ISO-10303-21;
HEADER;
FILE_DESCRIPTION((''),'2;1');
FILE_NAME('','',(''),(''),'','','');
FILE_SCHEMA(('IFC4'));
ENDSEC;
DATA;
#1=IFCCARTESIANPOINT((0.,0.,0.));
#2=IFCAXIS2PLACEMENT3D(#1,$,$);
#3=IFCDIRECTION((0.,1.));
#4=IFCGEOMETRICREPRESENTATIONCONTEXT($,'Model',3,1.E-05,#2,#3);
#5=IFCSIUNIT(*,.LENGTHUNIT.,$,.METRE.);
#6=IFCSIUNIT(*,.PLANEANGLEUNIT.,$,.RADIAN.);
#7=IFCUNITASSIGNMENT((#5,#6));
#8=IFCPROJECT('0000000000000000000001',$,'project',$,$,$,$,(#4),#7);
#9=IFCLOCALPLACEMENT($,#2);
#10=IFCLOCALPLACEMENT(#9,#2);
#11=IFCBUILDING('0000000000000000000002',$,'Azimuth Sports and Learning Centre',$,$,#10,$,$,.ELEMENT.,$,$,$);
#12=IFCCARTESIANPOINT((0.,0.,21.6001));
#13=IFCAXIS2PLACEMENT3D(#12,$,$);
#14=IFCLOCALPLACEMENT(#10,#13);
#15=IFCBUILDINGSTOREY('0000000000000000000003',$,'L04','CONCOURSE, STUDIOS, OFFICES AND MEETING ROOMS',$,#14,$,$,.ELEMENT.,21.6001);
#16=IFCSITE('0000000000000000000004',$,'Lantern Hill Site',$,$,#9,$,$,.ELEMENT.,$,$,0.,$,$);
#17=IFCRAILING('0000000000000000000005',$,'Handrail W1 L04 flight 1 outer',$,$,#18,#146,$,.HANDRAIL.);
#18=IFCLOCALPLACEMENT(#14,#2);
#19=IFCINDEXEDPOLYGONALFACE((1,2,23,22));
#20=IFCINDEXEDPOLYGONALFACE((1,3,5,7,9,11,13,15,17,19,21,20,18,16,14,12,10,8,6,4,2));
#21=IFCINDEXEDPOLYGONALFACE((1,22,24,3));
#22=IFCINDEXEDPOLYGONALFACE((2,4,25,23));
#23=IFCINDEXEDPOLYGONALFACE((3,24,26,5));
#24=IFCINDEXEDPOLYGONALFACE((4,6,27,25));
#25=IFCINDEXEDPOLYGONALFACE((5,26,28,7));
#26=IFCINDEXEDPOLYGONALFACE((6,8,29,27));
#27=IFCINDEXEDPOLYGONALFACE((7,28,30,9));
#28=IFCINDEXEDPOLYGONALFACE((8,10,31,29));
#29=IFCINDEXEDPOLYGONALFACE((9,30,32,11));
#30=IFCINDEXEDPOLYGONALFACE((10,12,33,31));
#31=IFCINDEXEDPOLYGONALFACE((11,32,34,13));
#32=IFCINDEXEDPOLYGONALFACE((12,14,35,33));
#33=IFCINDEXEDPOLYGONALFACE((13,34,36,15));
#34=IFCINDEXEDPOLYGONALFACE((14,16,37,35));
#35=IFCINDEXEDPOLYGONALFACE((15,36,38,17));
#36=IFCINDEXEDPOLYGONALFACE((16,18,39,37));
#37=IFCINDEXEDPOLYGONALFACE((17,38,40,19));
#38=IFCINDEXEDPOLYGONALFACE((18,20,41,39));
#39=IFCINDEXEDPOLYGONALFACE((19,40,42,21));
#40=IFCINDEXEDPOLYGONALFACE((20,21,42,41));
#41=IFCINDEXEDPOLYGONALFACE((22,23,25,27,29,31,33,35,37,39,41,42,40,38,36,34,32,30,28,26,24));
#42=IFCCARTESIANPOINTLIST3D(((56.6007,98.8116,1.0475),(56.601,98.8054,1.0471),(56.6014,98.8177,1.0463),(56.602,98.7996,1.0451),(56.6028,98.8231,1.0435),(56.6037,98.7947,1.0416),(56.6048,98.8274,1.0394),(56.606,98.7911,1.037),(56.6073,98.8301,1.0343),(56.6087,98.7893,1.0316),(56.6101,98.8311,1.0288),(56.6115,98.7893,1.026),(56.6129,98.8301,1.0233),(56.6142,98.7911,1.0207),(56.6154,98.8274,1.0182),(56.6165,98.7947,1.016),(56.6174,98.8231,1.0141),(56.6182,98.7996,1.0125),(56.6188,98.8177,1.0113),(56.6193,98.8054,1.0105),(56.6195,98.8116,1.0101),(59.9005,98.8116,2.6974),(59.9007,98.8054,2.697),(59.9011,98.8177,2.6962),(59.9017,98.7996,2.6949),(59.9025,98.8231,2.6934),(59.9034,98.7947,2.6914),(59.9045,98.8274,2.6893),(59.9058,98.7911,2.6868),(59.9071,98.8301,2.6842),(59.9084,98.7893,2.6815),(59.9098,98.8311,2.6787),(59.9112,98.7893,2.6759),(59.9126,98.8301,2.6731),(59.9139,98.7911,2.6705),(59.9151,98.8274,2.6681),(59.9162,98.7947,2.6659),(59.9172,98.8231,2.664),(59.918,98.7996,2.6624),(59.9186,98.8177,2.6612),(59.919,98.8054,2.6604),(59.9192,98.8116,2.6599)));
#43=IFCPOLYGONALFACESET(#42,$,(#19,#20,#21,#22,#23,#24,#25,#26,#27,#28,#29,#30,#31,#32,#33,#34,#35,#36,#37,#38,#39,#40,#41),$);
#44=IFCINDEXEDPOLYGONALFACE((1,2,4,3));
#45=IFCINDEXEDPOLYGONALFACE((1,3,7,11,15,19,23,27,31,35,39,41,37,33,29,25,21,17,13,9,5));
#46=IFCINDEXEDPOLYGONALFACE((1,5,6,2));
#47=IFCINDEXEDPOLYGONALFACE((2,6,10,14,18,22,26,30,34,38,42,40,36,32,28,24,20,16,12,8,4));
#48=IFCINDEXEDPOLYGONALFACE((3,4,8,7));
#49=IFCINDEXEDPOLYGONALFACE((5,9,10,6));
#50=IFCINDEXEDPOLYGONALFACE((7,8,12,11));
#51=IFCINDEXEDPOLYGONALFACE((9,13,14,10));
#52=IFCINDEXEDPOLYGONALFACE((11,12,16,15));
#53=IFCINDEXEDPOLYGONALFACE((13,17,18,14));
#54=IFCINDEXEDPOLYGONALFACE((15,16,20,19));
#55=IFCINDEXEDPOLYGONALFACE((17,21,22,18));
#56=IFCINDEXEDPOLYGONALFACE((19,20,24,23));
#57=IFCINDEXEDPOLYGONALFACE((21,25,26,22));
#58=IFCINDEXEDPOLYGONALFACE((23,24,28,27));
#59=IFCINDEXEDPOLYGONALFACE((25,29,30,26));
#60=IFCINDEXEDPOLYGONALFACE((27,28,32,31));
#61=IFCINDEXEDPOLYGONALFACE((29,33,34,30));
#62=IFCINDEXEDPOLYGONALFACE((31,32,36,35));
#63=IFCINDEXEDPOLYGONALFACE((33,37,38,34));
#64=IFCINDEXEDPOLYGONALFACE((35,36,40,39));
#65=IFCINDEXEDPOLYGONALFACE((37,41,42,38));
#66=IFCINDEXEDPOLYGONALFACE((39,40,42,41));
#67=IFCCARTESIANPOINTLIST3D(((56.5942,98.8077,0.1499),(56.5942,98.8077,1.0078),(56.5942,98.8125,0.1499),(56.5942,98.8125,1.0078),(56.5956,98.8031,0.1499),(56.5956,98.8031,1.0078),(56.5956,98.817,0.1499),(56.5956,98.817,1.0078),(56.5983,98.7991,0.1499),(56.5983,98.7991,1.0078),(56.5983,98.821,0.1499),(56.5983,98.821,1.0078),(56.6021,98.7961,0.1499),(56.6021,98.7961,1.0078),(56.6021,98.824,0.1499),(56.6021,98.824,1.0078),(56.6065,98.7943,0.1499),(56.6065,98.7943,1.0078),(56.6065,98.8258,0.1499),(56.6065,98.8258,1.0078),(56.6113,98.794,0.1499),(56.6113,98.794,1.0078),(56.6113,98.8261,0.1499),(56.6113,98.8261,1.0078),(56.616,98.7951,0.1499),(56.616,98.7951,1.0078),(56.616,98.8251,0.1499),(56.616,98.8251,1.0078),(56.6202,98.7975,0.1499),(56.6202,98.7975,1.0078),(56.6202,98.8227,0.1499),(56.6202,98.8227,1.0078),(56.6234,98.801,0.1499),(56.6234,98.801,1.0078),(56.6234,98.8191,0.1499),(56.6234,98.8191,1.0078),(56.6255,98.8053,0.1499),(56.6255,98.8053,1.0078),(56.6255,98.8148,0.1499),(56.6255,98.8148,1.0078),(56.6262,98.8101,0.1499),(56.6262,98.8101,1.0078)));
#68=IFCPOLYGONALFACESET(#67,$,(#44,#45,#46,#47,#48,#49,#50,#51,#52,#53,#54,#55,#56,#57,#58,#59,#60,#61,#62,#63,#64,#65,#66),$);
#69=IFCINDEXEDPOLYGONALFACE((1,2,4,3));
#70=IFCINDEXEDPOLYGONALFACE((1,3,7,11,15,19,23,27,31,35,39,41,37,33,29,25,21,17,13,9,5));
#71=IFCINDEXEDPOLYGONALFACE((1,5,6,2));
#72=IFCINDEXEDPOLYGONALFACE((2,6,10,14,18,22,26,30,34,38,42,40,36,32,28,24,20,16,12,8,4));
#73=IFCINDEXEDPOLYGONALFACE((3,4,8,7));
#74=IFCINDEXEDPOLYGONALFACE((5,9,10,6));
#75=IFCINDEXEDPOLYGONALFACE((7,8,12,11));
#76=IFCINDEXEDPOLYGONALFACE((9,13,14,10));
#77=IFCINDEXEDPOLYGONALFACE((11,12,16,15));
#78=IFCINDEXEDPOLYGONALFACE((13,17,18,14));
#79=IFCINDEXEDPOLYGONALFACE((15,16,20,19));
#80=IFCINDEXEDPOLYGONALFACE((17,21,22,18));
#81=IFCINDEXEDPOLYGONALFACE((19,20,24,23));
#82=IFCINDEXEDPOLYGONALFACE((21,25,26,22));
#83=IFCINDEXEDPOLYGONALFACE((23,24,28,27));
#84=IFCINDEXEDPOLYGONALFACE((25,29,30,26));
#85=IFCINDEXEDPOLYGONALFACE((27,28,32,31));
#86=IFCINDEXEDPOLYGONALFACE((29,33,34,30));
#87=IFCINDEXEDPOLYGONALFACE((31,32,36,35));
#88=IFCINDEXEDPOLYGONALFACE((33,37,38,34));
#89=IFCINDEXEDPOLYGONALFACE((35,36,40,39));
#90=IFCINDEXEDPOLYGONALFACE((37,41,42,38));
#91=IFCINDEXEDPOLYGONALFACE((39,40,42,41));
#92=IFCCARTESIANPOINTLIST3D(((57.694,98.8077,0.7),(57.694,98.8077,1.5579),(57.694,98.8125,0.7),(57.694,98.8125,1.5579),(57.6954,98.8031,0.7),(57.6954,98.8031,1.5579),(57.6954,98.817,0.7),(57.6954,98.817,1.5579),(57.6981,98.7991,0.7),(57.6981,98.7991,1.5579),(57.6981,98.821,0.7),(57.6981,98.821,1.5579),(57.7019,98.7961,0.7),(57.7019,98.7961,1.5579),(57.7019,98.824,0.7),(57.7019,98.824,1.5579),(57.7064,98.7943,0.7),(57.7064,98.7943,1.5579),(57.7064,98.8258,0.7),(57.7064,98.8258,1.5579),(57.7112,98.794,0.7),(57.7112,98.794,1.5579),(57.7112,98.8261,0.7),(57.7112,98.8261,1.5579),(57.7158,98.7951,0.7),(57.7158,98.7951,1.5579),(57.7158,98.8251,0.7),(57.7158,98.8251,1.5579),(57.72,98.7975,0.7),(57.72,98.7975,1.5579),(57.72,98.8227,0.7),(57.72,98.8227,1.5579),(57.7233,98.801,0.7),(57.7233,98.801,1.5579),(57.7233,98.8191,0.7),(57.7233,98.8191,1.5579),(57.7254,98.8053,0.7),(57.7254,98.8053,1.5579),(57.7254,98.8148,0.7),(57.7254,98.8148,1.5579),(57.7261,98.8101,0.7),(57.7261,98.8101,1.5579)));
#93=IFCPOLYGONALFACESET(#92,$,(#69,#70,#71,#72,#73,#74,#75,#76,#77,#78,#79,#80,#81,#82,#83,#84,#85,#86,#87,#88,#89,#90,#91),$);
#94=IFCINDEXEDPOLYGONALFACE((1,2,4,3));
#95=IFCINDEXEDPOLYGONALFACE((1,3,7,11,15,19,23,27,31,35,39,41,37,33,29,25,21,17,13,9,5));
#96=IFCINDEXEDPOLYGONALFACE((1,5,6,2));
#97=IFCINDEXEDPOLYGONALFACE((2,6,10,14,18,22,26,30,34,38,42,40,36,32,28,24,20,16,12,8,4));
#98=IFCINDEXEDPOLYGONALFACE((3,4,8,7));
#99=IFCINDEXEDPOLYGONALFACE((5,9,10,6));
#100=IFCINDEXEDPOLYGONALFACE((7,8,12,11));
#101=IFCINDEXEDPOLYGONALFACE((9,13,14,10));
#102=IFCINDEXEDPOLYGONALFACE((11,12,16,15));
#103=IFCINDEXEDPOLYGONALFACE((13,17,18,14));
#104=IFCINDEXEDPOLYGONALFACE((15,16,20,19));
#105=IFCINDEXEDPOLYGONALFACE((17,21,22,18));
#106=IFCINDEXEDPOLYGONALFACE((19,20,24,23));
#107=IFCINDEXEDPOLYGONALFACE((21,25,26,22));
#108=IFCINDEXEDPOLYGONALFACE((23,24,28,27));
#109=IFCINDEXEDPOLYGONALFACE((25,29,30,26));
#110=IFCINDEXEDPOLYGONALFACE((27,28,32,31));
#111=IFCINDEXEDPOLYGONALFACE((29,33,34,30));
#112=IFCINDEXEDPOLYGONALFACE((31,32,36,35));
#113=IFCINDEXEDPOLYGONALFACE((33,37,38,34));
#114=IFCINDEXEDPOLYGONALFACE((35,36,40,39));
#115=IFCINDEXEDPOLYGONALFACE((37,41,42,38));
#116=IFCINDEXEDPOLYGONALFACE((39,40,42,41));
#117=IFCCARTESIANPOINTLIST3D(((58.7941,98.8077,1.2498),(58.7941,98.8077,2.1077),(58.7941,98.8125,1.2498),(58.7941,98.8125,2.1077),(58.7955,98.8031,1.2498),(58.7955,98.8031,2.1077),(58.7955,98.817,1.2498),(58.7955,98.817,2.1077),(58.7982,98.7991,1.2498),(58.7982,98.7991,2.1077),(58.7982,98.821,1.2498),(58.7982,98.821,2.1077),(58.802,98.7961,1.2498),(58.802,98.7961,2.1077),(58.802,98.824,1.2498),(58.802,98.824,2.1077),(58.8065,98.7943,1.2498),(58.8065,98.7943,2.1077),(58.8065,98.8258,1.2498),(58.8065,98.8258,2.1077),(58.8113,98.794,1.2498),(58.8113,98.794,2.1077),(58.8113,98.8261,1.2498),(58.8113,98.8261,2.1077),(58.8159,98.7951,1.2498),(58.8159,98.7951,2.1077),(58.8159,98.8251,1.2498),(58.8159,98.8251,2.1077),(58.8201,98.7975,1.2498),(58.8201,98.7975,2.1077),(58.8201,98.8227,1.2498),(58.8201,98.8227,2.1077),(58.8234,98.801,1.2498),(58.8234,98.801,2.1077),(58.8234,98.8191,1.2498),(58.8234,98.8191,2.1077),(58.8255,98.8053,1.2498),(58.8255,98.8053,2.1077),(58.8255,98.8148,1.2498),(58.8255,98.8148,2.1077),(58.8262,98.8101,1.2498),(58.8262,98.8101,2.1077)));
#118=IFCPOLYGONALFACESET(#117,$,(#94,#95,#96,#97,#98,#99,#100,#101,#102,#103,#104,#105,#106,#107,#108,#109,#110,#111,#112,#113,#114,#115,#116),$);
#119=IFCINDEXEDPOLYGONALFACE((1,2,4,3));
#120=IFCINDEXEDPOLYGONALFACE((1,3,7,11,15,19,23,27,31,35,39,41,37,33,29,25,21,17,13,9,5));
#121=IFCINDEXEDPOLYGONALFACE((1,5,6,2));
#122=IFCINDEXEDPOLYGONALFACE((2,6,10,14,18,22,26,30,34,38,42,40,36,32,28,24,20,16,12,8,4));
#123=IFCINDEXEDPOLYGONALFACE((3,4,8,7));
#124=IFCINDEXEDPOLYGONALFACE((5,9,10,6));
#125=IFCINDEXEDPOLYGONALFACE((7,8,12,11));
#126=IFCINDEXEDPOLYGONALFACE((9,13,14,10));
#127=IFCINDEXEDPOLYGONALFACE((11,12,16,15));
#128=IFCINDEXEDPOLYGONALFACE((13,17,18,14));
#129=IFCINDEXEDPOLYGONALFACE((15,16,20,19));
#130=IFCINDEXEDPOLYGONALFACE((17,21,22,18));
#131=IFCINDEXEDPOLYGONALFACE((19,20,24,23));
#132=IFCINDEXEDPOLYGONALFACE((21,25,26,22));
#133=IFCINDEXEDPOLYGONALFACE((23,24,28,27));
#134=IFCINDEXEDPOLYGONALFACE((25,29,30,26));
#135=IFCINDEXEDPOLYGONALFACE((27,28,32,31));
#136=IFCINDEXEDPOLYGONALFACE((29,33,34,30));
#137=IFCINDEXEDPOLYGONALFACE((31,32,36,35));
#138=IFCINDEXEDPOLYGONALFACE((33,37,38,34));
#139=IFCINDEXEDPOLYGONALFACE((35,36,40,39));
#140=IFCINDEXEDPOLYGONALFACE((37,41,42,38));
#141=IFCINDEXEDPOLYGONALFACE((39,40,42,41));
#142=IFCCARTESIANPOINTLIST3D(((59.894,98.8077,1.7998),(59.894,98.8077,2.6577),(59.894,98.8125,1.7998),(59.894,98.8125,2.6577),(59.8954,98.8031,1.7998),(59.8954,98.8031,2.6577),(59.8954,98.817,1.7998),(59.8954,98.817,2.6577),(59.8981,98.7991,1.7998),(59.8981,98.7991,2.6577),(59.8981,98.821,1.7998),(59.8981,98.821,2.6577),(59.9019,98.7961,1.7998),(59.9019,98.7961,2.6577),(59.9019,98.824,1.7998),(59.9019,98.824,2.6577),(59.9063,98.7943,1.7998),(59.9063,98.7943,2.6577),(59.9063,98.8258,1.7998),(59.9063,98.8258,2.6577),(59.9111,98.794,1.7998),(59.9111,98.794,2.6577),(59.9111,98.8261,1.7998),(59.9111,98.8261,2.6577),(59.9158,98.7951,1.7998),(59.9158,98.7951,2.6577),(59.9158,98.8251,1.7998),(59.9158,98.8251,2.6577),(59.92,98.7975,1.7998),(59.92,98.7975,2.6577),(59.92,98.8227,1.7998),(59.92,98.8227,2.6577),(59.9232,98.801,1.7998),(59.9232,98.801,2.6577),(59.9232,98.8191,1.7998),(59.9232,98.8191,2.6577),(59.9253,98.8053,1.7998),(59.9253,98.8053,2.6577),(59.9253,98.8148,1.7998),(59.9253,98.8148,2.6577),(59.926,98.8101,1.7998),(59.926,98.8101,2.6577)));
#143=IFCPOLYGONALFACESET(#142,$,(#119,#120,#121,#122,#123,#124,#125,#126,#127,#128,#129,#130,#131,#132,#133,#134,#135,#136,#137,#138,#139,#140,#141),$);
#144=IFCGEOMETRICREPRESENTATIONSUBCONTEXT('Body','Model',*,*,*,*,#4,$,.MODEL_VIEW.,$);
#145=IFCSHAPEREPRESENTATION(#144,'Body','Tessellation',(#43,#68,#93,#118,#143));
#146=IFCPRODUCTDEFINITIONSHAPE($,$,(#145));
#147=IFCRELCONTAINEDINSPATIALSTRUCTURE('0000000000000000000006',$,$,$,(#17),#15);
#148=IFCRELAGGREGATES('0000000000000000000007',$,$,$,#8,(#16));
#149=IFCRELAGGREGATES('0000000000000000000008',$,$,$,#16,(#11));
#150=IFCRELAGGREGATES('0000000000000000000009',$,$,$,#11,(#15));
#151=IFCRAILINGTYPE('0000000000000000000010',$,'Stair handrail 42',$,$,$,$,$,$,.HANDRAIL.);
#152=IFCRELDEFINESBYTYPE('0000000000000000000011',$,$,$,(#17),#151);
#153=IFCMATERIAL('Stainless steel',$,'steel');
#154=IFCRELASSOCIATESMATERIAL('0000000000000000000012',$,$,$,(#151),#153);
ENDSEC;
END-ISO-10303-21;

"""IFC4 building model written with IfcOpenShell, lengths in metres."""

from ifc_helpers import new_model, si_unit, direction, frame, origin, origin_2d, place, context, subcontext, project, spatial, circle, extrude, material, type_object, element, save


model = new_model("IFC4")

# Units and contexts
model_context = context("Model", 3, precision=1e-05, world=origin(), true_north=direction((0.0, 1.0)))
body_context = subcontext(model_context, "Body", "Model", "MODEL_VIEW")
ifc_project = project(units=[si_unit("LENGTHUNIT", "METRE"), si_unit("PLANEANGLEUNIT", "RADIAN")], contexts=[model_context])

# Site, building, storey
site_placement = place(None, origin())
site = spatial("IfcSite", under=ifc_project, at=site_placement, Name="Lantern Hill Site", CompositionType="ELEMENT", RefElevation=0.0)
building_placement = place(site_placement, origin())
building = spatial("IfcBuilding", under=site, at=building_placement, Name="Azimuth Sports and Learning Centre", CompositionType="ELEMENT")
storey_placement = place(building_placement, frame((0.0, 0.0, 21.6001)))
storey = spatial("IfcBuildingStorey", under=building, at=storey_placement, Name="L04", Description="CONCOURSE, STUDIOS, OFFICES AND MEETING ROOMS", CompositionType="ELEMENT", Elevation=21.6001)

# Railing
ifc_material_1 = material(Name="Stainless steel", Category="steel")
railing_type_1 = type_object("IfcRailingType", Name="Stair handrail 42", PredefinedType="HANDRAIL", material=ifc_material_1)
for number, where, name in (
    (1, (56.6101, 98.8101, 0.1499), "Handrail W1 L04 flight 1 outer"),
):
    element("IfcRailing", number, at=place(storey_placement, frame(where)), inside=storey, type_object=railing_type_1, Name=name, PredefinedType="HANDRAIL", context=body_context, shape_type="SweptSolid", body=[
        extrude(circle(Radius=0.021, at=origin_2d()), frame((0.0, 0.0, 0.8789), z_axis=(0.894427, 0.0, 0.447214), x_axis=(0.0, 1.0, 0.0)), (0.0, 0.0, 1.0), 3.6892),
        extrude(circle(Radius=0.0161, at=origin_2d()), origin(), (0.0, 0.0, 1.0), 0.8579),
        extrude(circle(Radius=0.0161, at=origin_2d()), frame((1.0999, 0.0, 0.55)), (0.0, 0.0, 1.0), 0.8579),
        extrude(circle(Radius=0.0161, at=origin_2d()), frame((2.2, 0.0, 1.0999)), (0.0, 0.0, 1.0), 0.8579),
        extrude(circle(Radius=0.0161, at=origin_2d()), frame((3.2998, 0.0, 1.6499)), (0.0, 0.0, 1.0), 0.8579),
    ])

save(model, "model.ifc")
